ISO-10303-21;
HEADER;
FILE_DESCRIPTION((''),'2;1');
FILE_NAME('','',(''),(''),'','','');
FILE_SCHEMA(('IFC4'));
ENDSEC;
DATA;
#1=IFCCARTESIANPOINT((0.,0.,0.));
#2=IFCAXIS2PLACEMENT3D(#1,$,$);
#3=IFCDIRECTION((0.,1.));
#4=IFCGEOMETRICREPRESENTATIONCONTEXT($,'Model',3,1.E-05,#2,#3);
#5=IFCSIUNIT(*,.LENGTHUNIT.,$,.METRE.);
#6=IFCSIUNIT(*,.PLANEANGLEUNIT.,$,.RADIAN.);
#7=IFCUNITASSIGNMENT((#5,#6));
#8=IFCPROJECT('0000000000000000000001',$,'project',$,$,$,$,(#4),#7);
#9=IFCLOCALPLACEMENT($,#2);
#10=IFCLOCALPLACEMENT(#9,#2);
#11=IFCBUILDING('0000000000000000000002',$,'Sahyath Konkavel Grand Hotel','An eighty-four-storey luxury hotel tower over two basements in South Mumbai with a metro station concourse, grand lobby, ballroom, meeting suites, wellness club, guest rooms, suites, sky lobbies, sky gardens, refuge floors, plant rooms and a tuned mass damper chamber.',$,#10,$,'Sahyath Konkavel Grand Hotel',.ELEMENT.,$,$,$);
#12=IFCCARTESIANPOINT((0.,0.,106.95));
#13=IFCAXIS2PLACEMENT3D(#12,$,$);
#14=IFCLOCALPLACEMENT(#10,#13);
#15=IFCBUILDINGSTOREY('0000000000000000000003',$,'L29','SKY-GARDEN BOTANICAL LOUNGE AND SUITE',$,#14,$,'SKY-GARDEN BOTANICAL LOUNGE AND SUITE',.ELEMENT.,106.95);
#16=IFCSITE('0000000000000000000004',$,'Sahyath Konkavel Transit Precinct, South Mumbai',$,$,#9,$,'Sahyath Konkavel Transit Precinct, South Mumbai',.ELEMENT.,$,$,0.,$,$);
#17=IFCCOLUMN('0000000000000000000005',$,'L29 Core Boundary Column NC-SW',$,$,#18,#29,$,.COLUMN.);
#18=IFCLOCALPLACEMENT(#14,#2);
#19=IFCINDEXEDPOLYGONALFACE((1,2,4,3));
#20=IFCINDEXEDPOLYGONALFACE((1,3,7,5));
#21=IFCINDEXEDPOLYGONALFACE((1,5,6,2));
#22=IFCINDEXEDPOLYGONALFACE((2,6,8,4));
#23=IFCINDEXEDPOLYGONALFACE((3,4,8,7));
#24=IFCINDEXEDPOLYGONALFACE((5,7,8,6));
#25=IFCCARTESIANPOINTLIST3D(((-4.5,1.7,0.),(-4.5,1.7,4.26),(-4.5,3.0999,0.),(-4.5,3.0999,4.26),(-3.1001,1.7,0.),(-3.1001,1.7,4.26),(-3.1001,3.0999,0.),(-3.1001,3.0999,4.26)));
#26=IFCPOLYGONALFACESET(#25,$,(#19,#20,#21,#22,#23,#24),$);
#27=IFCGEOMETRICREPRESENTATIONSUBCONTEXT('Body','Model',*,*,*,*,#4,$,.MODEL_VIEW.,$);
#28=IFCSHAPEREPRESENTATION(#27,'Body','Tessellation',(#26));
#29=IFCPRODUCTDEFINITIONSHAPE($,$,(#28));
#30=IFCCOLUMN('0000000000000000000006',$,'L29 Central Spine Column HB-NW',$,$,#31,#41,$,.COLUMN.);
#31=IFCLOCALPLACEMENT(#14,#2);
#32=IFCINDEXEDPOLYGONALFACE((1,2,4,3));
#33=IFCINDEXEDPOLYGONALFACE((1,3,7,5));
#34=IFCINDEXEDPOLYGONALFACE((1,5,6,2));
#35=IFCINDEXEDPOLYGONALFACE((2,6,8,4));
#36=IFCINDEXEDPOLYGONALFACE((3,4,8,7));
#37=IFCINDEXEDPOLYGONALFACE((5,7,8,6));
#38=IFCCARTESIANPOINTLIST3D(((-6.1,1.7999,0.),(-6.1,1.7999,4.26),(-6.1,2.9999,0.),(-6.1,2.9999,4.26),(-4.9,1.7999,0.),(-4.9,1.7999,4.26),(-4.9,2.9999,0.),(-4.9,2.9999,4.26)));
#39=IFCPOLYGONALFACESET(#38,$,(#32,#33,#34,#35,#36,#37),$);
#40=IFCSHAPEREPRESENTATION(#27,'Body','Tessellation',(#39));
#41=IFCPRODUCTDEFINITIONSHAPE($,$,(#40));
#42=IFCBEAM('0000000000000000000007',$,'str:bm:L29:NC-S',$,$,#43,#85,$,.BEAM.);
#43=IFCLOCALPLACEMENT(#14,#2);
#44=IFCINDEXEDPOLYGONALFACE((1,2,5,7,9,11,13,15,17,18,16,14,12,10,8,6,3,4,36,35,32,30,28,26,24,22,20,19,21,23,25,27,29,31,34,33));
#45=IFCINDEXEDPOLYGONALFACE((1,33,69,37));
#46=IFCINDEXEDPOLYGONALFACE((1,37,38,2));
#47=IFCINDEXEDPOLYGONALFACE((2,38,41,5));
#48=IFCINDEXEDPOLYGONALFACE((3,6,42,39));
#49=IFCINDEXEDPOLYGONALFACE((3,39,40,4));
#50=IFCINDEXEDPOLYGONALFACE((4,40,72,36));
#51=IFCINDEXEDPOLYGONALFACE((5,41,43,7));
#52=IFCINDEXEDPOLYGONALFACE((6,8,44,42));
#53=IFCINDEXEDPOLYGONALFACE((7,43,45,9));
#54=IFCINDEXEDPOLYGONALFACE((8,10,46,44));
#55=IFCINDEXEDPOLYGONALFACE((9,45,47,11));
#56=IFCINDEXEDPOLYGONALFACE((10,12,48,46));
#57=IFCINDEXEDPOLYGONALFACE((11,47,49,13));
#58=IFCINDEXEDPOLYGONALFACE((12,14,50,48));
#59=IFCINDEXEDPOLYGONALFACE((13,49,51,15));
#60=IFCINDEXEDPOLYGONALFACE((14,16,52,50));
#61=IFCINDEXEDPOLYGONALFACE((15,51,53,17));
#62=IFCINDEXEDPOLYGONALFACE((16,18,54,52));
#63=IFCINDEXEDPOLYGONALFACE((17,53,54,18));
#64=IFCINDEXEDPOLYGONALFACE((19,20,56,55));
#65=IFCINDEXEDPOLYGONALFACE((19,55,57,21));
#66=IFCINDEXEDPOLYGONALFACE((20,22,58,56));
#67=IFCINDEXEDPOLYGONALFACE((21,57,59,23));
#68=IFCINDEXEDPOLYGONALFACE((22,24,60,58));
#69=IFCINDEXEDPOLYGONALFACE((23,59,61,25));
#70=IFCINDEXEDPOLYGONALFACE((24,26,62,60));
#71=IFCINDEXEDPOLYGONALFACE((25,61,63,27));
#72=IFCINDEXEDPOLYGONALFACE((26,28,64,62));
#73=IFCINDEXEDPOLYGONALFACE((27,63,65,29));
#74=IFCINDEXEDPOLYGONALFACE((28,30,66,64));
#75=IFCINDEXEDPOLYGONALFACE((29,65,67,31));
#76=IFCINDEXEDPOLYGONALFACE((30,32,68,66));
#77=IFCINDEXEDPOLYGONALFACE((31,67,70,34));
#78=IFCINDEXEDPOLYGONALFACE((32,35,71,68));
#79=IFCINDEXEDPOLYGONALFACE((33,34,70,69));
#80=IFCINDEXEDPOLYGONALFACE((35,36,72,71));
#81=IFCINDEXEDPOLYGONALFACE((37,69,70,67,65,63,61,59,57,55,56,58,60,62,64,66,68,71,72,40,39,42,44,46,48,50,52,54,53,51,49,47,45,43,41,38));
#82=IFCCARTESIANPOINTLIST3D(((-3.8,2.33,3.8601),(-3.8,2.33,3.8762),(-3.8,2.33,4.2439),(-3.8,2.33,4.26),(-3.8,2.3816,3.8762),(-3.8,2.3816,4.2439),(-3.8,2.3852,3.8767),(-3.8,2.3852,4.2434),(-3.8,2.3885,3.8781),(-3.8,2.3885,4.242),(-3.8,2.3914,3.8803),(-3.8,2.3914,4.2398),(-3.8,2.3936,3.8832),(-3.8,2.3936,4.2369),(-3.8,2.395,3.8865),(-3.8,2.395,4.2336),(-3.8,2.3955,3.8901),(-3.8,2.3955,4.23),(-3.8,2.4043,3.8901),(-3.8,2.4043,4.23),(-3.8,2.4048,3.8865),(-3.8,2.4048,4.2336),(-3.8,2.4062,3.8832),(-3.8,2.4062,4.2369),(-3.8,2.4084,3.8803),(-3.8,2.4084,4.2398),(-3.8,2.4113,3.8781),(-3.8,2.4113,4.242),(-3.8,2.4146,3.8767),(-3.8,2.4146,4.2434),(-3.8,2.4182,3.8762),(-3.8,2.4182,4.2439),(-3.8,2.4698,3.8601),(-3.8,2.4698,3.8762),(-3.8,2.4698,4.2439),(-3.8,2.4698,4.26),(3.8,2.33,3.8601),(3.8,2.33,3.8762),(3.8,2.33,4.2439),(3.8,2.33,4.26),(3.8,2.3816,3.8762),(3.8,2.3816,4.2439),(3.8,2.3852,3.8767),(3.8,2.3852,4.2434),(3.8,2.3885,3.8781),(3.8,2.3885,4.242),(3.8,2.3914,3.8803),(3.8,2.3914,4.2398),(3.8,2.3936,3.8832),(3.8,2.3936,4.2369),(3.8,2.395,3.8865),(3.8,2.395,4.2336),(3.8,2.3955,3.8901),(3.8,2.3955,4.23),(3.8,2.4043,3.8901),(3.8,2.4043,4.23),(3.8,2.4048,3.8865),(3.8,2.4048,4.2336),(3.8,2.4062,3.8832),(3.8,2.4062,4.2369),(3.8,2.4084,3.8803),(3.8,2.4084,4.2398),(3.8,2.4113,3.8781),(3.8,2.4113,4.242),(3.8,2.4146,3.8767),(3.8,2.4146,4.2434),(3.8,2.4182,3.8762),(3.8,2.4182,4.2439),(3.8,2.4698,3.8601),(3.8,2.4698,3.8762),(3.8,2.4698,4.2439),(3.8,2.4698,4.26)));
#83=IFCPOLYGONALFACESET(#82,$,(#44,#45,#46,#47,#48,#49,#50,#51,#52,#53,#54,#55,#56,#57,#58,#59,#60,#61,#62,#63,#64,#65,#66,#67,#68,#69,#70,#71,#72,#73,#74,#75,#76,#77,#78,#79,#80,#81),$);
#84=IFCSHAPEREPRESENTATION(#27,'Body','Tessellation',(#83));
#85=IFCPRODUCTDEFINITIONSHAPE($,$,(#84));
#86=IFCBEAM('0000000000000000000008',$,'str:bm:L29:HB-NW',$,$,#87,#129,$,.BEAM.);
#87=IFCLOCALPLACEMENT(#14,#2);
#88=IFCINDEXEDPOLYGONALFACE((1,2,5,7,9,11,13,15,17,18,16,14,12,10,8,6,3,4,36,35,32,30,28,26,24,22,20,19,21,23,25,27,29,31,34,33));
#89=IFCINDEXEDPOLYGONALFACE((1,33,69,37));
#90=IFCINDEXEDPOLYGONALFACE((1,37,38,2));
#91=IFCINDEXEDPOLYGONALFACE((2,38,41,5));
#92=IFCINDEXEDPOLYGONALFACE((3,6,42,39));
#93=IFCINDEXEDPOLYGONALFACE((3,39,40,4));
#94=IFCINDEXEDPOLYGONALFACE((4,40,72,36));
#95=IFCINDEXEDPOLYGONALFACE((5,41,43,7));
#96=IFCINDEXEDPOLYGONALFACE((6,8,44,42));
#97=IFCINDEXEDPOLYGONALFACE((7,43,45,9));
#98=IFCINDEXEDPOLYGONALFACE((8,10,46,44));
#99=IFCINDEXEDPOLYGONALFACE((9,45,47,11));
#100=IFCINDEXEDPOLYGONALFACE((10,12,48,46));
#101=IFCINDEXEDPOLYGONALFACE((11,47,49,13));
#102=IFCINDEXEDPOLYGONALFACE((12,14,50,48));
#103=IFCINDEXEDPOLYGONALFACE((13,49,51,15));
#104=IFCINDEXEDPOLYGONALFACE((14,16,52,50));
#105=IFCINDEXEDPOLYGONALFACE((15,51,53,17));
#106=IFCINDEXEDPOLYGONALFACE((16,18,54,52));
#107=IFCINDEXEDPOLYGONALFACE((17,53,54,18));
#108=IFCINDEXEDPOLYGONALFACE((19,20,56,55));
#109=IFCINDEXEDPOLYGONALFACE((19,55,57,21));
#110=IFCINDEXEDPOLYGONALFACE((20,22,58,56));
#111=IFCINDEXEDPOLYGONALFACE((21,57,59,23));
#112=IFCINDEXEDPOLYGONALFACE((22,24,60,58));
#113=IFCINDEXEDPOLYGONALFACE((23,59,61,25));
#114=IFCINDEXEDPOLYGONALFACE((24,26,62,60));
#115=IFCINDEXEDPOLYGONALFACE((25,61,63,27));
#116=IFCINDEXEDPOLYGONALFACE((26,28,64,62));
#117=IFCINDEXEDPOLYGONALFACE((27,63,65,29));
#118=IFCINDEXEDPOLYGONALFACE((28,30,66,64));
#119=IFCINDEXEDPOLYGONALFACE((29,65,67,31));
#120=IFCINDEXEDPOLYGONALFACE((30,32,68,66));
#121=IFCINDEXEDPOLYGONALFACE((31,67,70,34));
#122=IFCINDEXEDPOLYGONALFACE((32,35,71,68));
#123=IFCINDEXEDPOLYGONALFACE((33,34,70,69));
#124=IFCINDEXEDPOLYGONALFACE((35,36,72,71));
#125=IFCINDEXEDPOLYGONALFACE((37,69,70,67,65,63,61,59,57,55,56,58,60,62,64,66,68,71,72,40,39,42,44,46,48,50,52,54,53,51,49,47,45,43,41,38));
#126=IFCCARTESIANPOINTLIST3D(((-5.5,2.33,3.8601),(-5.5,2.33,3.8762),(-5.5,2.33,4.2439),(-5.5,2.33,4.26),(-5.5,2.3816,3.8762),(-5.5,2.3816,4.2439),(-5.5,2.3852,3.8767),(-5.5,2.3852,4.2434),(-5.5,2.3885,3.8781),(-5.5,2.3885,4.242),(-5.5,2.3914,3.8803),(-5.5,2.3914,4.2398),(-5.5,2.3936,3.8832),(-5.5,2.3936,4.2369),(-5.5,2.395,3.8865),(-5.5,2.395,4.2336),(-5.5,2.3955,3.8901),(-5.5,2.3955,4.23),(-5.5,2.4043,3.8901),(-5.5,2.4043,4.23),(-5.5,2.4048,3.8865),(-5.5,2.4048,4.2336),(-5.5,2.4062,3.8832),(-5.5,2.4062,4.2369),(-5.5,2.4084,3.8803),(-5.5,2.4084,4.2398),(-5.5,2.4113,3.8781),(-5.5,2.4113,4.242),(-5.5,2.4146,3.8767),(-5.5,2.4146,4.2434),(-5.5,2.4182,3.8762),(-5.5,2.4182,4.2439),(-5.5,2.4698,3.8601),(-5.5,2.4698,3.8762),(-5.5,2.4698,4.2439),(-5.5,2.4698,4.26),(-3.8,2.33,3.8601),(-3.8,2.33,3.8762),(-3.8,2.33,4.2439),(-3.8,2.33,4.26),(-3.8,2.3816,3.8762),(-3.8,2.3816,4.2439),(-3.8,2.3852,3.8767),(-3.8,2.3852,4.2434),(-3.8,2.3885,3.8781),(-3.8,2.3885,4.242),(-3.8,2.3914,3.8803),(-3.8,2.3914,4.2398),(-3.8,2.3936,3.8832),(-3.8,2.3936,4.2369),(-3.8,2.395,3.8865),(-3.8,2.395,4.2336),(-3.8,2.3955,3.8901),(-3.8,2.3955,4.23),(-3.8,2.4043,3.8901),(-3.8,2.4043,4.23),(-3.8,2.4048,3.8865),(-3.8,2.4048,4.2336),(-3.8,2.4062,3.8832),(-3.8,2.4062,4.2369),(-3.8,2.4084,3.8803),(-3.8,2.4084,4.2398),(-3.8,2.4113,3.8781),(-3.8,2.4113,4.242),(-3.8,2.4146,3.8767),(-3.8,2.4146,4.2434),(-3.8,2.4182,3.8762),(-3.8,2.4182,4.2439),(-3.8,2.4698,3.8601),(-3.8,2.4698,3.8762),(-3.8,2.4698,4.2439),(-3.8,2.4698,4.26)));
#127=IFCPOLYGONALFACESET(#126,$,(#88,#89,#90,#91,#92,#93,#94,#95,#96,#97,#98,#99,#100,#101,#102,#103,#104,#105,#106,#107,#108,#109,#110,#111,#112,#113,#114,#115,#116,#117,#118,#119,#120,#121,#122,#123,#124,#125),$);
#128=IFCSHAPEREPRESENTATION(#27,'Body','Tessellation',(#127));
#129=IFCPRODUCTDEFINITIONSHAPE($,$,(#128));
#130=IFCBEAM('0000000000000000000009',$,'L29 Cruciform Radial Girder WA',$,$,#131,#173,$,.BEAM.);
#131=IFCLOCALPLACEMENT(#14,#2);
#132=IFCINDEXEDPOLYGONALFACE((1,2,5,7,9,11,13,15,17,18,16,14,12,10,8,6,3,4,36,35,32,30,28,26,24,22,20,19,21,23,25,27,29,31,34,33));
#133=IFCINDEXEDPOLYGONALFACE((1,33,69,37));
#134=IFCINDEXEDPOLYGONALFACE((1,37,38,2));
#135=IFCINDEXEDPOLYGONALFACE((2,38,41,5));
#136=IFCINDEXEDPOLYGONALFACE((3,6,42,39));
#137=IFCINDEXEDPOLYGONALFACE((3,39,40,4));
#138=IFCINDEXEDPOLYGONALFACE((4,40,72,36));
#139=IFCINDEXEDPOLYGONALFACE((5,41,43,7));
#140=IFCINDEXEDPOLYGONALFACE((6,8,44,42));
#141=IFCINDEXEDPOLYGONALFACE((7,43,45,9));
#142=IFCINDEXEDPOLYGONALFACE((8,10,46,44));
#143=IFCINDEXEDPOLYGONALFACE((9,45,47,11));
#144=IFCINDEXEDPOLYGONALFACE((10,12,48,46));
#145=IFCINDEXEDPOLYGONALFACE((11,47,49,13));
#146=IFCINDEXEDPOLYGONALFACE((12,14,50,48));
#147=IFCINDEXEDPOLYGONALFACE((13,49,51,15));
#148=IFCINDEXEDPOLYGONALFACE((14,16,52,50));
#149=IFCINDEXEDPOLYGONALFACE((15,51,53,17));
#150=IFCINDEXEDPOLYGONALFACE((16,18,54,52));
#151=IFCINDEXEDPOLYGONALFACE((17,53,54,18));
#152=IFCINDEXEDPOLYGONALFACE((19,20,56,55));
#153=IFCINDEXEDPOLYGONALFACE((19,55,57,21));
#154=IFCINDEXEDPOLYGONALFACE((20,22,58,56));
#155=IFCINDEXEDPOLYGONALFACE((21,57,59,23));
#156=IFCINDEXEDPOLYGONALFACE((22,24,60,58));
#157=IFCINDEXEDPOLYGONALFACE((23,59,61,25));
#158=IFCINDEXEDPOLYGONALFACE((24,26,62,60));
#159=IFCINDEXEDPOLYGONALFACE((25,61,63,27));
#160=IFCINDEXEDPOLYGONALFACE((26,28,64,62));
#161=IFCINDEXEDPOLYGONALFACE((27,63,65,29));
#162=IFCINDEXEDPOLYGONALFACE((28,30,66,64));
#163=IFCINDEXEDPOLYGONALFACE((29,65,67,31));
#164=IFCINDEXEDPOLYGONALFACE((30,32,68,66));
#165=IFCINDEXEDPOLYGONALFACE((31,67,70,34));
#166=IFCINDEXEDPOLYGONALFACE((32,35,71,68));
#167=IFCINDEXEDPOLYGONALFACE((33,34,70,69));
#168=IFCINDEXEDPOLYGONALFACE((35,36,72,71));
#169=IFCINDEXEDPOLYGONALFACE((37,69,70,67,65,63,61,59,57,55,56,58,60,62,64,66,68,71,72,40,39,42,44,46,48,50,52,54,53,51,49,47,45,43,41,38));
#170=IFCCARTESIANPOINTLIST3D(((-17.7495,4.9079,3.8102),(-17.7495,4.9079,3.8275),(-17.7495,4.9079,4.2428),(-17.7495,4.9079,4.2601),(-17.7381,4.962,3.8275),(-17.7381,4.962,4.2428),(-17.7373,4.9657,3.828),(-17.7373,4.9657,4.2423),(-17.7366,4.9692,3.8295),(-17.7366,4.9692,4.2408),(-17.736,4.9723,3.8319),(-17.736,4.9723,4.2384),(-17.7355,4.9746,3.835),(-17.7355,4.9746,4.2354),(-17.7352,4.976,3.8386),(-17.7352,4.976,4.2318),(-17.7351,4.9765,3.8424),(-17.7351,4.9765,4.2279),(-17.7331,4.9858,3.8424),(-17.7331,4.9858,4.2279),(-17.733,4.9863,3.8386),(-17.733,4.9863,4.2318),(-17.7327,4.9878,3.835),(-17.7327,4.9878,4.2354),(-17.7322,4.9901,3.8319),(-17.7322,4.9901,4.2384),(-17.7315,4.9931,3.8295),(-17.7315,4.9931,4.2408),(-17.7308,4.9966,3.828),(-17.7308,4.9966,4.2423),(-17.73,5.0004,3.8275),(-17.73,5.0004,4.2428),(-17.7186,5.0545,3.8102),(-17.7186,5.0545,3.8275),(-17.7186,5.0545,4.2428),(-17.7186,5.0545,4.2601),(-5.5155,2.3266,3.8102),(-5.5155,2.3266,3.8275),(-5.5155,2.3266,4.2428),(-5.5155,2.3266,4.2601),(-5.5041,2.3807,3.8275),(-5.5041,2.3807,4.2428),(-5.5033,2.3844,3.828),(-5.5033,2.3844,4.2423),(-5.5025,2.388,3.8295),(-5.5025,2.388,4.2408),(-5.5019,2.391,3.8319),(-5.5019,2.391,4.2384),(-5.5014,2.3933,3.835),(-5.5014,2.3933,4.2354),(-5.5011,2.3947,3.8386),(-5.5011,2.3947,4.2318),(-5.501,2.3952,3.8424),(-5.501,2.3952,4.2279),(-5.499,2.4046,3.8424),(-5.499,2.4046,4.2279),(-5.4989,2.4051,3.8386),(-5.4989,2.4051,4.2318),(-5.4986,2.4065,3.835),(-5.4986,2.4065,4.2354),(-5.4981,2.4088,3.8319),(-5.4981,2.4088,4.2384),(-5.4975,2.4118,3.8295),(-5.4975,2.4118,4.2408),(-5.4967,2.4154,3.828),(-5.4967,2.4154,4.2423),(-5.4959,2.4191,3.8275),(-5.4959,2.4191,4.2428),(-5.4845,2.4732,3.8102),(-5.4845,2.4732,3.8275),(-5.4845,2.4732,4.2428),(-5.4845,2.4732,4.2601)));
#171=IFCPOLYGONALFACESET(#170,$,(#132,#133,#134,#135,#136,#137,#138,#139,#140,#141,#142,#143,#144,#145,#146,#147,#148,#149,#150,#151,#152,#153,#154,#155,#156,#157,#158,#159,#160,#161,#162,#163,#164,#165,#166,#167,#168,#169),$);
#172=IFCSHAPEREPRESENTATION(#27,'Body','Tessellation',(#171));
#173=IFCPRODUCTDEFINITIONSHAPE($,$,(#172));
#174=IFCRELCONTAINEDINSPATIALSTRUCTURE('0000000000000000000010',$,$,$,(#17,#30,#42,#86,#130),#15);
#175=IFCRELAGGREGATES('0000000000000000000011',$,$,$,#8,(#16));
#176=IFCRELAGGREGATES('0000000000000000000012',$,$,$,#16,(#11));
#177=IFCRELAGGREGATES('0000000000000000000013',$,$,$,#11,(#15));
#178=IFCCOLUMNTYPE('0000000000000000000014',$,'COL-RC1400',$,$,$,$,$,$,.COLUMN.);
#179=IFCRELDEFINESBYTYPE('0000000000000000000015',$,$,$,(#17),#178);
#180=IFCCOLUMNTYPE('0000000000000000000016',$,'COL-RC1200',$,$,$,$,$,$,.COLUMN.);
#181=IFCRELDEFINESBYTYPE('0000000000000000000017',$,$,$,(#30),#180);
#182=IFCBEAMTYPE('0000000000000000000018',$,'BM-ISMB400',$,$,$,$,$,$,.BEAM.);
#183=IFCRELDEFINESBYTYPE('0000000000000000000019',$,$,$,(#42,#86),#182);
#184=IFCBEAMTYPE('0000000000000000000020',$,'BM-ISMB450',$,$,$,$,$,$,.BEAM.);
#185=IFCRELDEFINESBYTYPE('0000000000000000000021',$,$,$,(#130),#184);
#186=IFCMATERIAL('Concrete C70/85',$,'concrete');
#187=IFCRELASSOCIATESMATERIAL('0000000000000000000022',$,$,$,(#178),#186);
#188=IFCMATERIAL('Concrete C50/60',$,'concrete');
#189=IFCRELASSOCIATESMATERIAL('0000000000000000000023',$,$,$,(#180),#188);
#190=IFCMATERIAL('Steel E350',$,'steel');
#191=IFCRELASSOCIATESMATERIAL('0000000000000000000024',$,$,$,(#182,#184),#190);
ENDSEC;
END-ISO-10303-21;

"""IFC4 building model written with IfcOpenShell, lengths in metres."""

from ifc_helpers import new_model, si_unit, direction, frame, origin, origin_2d, place, context, subcontext, project, spatial, rectangle, i_section, extrude, source, transform, mapped, material, material_profile, profile_set, type_object, element, save


model = new_model("IFC4")

# Units and contexts
model_context = context("Model", 3, precision=1e-05, world=origin(), true_north=direction((0.0, 1.0)))
body_context = subcontext(model_context, "Body", "Model", "MODEL_VIEW")
ifc_project = project(units=[si_unit("LENGTHUNIT", "METRE"), si_unit("PLANEANGLEUNIT", "RADIAN")], contexts=[model_context])

# Site, building, storey
site_placement = place(None, origin())
site = spatial("IfcSite", under=ifc_project, at=site_placement, Name="Sahyath Konkavel Transit Precinct, South Mumbai", LongName="Sahyath Konkavel Transit Precinct, South Mumbai", CompositionType="ELEMENT", RefElevation=0.0)
building_placement = place(site_placement, origin())
building = spatial("IfcBuilding", under=site, at=building_placement, Name="Sahyath Konkavel Grand Hotel", Description="An eighty-four-storey luxury hotel tower over two basements in South Mumbai with a metro station concourse, grand lobby, ballroom, meeting suites, wellness club, guest rooms, suites, sky lobbies, sky gardens, refuge floors, plant rooms and a tuned mass damper chamber.", LongName="Sahyath Konkavel Grand Hotel", CompositionType="ELEMENT")
storey_placement = place(building_placement, frame((0.0, 0.0, 106.95)))
storey = spatial("IfcBuildingStorey", under=building, at=storey_placement, Name="L29", Description="SKY-GARDEN BOTANICAL LOUNGE AND SUITE", LongName="SKY-GARDEN BOTANICAL LOUNGE AND SUITE", CompositionType="ELEMENT", Elevation=106.95)

# Columns
ifc_material_1 = material(Name="Concrete C70/85", Category="concrete")
ifc_material_profile_1 = material_profile(ifc_material_1, rectangle(XDim=1.3999, YDim=1.3999, at=origin_2d()), Name="RC 1400x1400")
ifc_profile_set_1 = profile_set([ifc_material_profile_1], Name="Concrete C70/85")
column_type_1 = type_object("IfcColumnType", Name="COL-RC1400", PredefinedType="COLUMN", material=ifc_profile_set_1)
shared_shape_1 = source(origin(), body_context, "Body", "SweptSolid", [
    extrude(rectangle(XDim=1.3999, YDim=1.3999, at=origin_2d()), origin(), (0.0, 0.0, 1.0), 4.26),
])
column_1_placement = place(storey_placement, frame((-3.8, 2.3999, 0.0), z_axis=(0.0, 0.0, 1.0), x_axis=(1.0, 0.0, 0.0)))
element("IfcColumn", 1, at=column_1_placement, inside=storey, type_object=column_type_1, Name="L29 Core Boundary Column NC-SW", PredefinedType="COLUMN", context=body_context, shape_type="MappedRepresentation", body=[
    mapped(shared_shape_1, transform((0.0, 0.0, 0.0), scale=1.0)),
])
ifc_material_2 = material(Name="Concrete C50/60", Category="concrete")
ifc_material_profile_2 = material_profile(ifc_material_2, rectangle(XDim=1.2, YDim=1.2, at=origin_2d()), Name="RC 1200x1200")
ifc_profile_set_2 = profile_set([ifc_material_profile_2], Name="Concrete C50/60")
column_type_2 = type_object("IfcColumnType", Name="COL-RC1200", PredefinedType="COLUMN", material=ifc_profile_set_2)
shared_shape_2 = source(origin(), body_context, "Body", "SweptSolid", [
    extrude(rectangle(XDim=1.2, YDim=1.2, at=origin_2d()), origin(), (0.0, 0.0, 1.0), 4.26),
])
column_2_placement = place(storey_placement, frame((-5.5, 2.3999, 0.0), z_axis=(0.0, 0.0, 1.0), x_axis=(1.0, 0.0, 0.0)))
element("IfcColumn", 2, at=column_2_placement, inside=storey, type_object=column_type_2, Name="L29 Central Spine Column HB-NW", PredefinedType="COLUMN", context=body_context, shape_type="MappedRepresentation", body=[
    mapped(shared_shape_2, transform((0.0, 0.0, 0.0), scale=1.0)),
])

# Beams
ifc_material_3 = material(Name="Steel E350", Category="steel")
ifc_material_profile_3 = material_profile(ifc_material_3, i_section(OverallWidth=0.1399, OverallDepth=0.3999, WebThickness=0.0088, FlangeThickness=0.0161, FilletRadius=0.0139, at=origin_2d()), Name="ISMB 400")
ifc_profile_set_3 = profile_set([ifc_material_profile_3], Name="Steel E350")
beam_type_1 = type_object("IfcBeamType", Name="BM-ISMB400", PredefinedType="BEAM", material=ifc_profile_set_3)
shared_shape_3 = source(origin(), body_context, "Body", "SweptSolid", [
    extrude(i_section(OverallWidth=0.1399, OverallDepth=0.3999, WebThickness=0.0088, FlangeThickness=0.0161, FilletRadius=0.0139, at=origin_2d()), origin(), (0.0, 0.0, 1.0), 7.6001),
])
beam_1_placement = place(storey_placement, frame((-3.8, 2.3999, 4.0601), z_axis=(1.0, 0.0, 0.0), x_axis=(0.0, 1.0, 0.0)))
element("IfcBeam", 3, at=beam_1_placement, inside=storey, type_object=beam_type_1, Name="str:bm:L29:NC-S", PredefinedType="BEAM", context=body_context, shape_type="MappedRepresentation", body=[
    mapped(shared_shape_3, transform((0.0, 0.0, 0.0), scale=1.0)),
])
shared_shape_4 = source(origin(), body_context, "Body", "SweptSolid", [
    extrude(i_section(OverallWidth=0.1399, OverallDepth=0.3999, WebThickness=0.0088, FlangeThickness=0.0161, FilletRadius=0.0139, at=origin_2d()), origin(), (0.0, 0.0, 1.0), 1.7),
])
beam_2_placement = place(storey_placement, frame((-5.5, 2.3999, 4.0601), z_axis=(1.0, 0.0, 0.0), x_axis=(0.0, 1.0, 0.0)))
element("IfcBeam", 4, at=beam_2_placement, inside=storey, type_object=beam_type_1, Name="str:bm:L29:HB-NW", PredefinedType="BEAM", context=body_context, shape_type="MappedRepresentation", body=[
    mapped(shared_shape_4, transform((0.0, 0.0, 0.0), scale=1.0)),
])
ifc_material_profile_4 = material_profile(ifc_material_3, i_section(OverallWidth=0.1499, OverallDepth=0.45, WebThickness=0.0095, FlangeThickness=0.0173, FilletRadius=0.0149, at=origin_2d()), Name="ISMB 450")
ifc_profile_set_4 = profile_set([ifc_material_profile_4], Name="Steel E350")
beam_type_2 = type_object("IfcBeamType", Name="BM-ISMB450", PredefinedType="BEAM", material=ifc_profile_set_4)
shared_shape_5 = source(origin(), body_context, "Body", "SweptSolid", [
    extrude(i_section(OverallWidth=0.1499, OverallDepth=0.45, WebThickness=0.0095, FlangeThickness=0.0173, FilletRadius=0.0149, at=origin_2d()), origin(), (0.0, 0.0, 1.0), 12.5034),
])
beam_3_placement = place(storey_placement, frame((-5.5, 2.3999, 4.0352), z_axis=(-0.978458, 0.206446, 0.0), x_axis=(-0.206446, -0.978458, 0.0)))
element("IfcBeam", 5, at=beam_3_placement, inside=storey, type_object=beam_type_2, Name="L29 Cruciform Radial Girder WA", PredefinedType="BEAM", context=body_context, shape_type="MappedRepresentation", body=[
    mapped(shared_shape_5, transform((0.0, 0.0, 0.0), scale=1.0)),
])

save(model, "model.ifc")
